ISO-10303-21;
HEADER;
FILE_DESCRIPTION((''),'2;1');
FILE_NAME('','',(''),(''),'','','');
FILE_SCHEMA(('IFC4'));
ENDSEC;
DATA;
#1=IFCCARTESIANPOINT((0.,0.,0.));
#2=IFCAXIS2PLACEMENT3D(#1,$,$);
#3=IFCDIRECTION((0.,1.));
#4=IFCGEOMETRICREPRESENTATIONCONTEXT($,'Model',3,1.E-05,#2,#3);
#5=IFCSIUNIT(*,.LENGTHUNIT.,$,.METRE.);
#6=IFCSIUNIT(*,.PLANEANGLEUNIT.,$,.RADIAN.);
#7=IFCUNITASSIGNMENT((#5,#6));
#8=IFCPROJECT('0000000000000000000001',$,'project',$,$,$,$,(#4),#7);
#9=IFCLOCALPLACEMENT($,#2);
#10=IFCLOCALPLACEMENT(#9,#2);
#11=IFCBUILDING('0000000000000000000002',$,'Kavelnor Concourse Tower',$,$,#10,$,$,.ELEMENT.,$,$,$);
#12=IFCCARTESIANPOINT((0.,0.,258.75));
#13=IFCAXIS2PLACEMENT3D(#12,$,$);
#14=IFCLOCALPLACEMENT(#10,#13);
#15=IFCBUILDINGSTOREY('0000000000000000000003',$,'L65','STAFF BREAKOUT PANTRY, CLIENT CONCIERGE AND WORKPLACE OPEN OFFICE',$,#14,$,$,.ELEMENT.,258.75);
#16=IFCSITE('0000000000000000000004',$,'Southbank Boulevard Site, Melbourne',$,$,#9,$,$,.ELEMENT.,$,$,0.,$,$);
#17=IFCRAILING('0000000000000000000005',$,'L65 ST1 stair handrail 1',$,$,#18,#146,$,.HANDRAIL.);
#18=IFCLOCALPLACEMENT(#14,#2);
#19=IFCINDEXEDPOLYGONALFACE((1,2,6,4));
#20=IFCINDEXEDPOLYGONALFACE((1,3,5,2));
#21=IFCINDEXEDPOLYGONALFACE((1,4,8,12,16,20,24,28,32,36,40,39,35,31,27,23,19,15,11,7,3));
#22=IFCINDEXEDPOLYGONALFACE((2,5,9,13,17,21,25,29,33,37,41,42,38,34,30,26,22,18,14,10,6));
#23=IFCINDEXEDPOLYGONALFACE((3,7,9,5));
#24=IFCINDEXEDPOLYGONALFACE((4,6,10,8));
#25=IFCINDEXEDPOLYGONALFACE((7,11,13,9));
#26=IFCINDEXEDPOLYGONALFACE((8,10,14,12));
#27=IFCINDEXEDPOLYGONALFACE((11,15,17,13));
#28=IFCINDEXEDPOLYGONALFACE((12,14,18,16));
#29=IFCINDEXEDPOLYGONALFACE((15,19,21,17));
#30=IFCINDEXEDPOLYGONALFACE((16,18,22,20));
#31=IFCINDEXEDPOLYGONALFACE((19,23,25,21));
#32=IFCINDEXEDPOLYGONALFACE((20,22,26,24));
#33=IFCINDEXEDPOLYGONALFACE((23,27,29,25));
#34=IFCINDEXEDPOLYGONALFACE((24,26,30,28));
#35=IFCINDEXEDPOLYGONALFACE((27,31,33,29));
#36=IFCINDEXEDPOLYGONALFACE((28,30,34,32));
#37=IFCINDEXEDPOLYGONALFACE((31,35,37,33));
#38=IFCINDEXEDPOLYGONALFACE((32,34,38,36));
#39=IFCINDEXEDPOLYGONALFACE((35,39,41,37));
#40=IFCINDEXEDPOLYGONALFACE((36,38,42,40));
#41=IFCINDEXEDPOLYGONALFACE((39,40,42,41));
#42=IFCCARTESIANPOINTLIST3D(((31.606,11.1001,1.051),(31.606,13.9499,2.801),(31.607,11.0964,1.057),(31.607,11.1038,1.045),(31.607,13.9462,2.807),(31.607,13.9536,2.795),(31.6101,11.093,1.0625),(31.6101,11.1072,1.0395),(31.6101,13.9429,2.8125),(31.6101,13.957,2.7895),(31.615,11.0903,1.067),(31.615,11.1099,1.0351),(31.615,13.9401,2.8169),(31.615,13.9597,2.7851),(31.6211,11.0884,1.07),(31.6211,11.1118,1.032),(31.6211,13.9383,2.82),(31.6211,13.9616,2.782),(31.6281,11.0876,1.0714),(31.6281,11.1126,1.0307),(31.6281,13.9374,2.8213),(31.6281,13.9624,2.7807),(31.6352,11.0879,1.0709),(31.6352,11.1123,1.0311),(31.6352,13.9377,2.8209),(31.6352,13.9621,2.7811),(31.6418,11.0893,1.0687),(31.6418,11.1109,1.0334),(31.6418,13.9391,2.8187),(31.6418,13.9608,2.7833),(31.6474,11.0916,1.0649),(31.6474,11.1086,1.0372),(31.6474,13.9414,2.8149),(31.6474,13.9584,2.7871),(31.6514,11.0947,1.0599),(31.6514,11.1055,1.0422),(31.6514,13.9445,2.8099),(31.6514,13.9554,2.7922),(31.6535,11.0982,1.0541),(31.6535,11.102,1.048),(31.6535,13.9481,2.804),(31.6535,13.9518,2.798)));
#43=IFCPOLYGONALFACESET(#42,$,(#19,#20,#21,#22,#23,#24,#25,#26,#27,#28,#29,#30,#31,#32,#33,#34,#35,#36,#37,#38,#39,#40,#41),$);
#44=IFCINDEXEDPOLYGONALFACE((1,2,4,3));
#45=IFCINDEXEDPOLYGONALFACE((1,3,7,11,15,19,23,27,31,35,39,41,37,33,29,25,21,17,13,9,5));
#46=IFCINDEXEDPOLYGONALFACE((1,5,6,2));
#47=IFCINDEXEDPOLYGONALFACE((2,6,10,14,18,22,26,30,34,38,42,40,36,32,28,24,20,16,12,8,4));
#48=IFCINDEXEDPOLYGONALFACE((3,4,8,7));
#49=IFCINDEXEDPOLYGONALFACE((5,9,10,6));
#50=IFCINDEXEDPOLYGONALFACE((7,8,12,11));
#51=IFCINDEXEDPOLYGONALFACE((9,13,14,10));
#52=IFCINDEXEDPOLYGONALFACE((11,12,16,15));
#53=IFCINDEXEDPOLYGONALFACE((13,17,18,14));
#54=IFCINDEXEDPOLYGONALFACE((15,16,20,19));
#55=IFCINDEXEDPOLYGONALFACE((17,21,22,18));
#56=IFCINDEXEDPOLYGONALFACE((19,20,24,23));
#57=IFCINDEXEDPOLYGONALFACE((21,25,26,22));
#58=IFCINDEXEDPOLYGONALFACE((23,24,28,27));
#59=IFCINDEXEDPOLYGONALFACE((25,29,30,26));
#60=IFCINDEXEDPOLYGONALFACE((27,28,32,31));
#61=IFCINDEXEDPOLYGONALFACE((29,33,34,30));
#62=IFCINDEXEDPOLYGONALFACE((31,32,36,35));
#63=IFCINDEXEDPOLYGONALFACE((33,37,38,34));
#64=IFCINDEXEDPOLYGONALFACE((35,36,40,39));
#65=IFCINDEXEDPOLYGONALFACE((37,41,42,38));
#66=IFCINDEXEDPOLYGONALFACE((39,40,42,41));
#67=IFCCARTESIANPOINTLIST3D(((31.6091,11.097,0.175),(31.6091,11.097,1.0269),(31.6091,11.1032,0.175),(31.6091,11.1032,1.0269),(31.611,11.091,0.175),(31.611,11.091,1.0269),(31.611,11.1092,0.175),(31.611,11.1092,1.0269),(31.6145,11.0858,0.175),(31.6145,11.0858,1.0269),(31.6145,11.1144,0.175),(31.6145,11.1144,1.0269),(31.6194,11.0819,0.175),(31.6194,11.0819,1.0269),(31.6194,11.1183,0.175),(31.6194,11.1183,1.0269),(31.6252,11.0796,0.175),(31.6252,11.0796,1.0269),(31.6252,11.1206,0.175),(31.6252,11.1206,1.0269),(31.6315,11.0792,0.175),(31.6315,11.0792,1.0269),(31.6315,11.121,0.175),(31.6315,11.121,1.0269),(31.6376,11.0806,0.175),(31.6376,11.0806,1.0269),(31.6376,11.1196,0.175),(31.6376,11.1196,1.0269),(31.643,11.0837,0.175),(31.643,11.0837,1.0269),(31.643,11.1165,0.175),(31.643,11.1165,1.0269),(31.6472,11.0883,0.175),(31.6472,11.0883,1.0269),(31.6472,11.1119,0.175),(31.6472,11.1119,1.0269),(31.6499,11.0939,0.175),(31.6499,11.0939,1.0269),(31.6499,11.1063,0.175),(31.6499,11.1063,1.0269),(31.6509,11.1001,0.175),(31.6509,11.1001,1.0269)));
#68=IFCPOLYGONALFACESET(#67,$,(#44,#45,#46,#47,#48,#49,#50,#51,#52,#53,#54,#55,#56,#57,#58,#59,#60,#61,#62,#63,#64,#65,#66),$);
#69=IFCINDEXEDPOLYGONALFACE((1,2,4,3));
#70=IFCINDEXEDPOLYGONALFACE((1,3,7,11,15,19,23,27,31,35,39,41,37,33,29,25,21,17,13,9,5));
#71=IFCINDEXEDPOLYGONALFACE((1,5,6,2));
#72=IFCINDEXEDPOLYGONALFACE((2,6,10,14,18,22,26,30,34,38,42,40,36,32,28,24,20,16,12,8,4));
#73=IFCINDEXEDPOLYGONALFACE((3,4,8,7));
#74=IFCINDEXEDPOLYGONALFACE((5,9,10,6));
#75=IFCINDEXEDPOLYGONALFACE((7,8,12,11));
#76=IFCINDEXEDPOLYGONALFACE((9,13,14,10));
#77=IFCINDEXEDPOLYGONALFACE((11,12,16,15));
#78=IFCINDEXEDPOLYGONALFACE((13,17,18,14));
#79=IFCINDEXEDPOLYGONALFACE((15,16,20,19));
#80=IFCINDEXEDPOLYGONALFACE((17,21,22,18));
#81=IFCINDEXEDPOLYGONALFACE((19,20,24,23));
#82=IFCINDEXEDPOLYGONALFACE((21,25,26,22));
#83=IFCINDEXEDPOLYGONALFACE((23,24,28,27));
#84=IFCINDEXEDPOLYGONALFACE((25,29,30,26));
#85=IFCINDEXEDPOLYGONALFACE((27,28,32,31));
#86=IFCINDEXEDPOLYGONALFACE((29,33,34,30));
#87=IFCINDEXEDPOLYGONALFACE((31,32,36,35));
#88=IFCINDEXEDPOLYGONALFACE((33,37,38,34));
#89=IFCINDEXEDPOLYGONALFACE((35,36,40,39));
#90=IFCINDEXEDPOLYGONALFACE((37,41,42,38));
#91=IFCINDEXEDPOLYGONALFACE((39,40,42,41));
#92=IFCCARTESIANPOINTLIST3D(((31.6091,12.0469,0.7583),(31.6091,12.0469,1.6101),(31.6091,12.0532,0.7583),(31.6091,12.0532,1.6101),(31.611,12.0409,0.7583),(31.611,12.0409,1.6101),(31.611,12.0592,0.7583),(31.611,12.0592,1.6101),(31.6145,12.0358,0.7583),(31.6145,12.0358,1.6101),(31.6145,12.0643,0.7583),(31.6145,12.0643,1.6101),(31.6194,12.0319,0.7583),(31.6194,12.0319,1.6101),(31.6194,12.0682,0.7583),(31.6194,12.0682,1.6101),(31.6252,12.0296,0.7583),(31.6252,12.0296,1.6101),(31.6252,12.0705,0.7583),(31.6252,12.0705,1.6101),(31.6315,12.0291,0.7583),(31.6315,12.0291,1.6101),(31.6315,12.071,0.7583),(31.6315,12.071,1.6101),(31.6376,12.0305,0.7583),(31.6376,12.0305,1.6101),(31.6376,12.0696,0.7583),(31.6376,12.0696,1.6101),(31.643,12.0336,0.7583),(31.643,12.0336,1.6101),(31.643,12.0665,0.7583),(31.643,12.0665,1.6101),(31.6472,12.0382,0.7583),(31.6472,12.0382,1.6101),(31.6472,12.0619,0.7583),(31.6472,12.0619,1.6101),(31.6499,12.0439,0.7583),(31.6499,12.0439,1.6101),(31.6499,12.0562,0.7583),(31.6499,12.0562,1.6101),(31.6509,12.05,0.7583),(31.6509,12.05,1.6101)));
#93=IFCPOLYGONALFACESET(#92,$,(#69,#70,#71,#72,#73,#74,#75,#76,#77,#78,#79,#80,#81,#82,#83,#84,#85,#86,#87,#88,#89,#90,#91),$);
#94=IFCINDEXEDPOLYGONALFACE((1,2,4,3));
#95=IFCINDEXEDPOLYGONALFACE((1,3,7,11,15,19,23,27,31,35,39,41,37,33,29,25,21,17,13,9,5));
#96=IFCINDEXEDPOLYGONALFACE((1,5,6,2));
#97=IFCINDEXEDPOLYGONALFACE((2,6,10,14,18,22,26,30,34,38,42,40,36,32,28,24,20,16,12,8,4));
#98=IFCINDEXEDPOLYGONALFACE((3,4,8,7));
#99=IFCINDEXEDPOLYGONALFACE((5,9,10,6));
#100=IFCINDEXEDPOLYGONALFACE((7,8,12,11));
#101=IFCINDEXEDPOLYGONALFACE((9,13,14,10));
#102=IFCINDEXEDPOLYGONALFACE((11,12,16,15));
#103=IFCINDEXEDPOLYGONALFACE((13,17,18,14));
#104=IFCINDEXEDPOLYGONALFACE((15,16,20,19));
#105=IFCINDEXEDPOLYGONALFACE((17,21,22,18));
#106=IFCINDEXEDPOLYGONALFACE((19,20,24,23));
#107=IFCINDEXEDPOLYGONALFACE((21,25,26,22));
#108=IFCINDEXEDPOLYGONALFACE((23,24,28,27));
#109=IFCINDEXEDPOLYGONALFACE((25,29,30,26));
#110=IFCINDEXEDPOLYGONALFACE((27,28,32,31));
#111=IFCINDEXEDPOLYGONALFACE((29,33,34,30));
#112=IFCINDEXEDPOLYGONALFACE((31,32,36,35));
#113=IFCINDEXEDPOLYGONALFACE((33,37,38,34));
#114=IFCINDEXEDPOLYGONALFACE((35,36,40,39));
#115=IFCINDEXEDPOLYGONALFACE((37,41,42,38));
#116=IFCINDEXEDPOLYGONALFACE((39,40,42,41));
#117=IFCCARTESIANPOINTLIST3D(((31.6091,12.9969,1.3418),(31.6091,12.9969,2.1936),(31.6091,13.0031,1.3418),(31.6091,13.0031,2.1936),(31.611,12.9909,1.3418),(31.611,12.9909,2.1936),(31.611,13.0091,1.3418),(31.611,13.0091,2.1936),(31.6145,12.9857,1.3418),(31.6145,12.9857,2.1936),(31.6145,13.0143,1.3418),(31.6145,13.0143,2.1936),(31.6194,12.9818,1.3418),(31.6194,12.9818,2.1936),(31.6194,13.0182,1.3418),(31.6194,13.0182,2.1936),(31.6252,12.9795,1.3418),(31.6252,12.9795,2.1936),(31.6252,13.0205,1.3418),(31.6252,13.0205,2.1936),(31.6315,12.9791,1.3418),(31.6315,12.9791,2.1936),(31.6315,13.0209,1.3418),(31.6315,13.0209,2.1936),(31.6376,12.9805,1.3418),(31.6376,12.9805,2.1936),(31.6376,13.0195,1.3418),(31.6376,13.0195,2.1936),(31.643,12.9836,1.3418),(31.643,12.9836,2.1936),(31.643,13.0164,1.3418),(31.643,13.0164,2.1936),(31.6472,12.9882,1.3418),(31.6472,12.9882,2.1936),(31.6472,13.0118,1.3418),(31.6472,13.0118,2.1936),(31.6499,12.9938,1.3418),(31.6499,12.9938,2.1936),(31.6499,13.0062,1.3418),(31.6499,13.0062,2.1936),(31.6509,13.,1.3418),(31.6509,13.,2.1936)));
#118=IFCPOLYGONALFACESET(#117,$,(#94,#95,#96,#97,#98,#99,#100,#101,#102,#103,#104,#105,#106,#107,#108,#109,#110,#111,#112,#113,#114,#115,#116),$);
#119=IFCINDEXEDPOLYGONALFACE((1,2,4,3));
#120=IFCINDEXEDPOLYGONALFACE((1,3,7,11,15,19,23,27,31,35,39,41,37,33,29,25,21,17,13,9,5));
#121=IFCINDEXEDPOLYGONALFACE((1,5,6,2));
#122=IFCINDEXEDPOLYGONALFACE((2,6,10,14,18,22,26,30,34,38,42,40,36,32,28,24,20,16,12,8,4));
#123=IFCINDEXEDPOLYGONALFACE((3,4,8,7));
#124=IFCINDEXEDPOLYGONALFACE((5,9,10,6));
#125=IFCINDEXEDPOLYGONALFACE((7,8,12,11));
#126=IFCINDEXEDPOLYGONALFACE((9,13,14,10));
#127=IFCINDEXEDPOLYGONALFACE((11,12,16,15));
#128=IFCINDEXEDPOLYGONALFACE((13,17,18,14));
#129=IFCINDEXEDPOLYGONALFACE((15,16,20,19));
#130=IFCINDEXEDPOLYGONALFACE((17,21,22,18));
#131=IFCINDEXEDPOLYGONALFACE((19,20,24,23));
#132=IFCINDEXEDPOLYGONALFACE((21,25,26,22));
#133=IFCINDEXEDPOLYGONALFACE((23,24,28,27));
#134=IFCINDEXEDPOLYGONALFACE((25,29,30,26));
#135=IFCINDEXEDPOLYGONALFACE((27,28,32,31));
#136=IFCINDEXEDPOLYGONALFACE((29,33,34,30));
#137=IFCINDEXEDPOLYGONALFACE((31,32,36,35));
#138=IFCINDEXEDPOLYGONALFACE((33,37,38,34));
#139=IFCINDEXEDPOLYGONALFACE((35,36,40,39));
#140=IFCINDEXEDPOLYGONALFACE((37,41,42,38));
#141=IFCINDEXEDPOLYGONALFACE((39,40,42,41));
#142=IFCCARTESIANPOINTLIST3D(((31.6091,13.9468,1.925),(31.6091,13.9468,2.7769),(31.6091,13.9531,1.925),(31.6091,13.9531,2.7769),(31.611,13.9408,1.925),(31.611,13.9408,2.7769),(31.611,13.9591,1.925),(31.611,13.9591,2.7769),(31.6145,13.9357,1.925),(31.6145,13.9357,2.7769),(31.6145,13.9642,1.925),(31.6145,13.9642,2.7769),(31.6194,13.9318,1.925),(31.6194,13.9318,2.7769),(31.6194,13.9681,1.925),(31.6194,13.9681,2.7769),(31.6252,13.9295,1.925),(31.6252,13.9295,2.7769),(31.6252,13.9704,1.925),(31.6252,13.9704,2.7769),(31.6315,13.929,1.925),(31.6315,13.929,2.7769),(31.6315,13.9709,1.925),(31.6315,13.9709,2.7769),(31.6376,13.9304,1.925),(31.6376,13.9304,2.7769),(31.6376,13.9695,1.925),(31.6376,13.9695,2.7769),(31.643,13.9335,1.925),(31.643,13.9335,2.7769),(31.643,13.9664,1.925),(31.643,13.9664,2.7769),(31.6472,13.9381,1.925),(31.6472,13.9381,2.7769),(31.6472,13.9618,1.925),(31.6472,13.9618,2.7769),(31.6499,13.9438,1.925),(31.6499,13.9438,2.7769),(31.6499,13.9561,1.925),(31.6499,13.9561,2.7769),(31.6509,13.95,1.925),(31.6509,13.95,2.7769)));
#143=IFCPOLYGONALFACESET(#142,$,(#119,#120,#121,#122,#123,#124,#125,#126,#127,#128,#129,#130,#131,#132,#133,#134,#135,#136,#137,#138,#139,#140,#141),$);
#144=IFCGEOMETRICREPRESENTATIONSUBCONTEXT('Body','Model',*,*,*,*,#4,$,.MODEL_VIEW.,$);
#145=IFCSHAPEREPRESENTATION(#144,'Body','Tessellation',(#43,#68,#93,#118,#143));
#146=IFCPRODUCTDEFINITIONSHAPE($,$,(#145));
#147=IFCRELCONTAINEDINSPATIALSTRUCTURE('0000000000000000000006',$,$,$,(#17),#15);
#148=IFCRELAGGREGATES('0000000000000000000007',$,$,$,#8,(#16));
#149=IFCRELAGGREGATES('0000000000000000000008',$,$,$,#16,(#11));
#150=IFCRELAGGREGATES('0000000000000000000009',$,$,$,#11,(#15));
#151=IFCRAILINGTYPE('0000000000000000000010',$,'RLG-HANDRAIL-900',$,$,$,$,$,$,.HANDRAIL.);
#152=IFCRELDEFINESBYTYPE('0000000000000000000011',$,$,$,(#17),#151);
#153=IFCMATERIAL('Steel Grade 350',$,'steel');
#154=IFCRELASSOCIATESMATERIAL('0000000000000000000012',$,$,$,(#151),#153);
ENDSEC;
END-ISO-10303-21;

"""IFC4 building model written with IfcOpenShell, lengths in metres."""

from ifc_helpers import new_model, si_unit, direction, frame, origin, origin_2d, place, context, subcontext, project, spatial, circle, extrude, material, type_object, element, save


model = new_model("IFC4")

# Units and contexts
model_context = context("Model", 3, precision=1e-05, world=origin(), true_north=direction((0.0, 1.0)))
body_context = subcontext(model_context, "Body", "Model", "MODEL_VIEW")
ifc_project = project(units=[si_unit("LENGTHUNIT", "METRE"), si_unit("PLANEANGLEUNIT", "RADIAN")], contexts=[model_context])

# Site, building, storey
site_placement = place(None, origin())
site = spatial("IfcSite", under=ifc_project, at=site_placement, Name="Southbank Boulevard Site, Melbourne", CompositionType="ELEMENT", RefElevation=0.0)
building_placement = place(site_placement, origin())
building = spatial("IfcBuilding", under=site, at=building_placement, Name="Kavelnor Concourse Tower", CompositionType="ELEMENT")
storey_placement = place(building_placement, frame((0.0, 0.0, 258.75)))
storey = spatial("IfcBuildingStorey", under=building, at=storey_placement, Name="L65", Description="STAFF BREAKOUT PANTRY, CLIENT CONCIERGE AND WORKPLACE OPEN OFFICE", CompositionType="ELEMENT", Elevation=258.75)

# Shared definitions
ifc_material_1 = material(Name="Steel Grade 350", Category="steel")

# Railing
railing_type_1 = type_object("IfcRailingType", Name="RLG-HANDRAIL-900", PredefinedType="HANDRAIL", material=ifc_material_1)
railing_1_placement = place(storey_placement, frame((31.6299, 11.1001, 0.175)))
element("IfcRailing", 1, at=railing_1_placement, inside=storey, type_object=railing_type_1, Name="L65 ST1 stair handrail 1", PredefinedType="HANDRAIL", context=body_context, shape_type="SweptSolid", body=[
    extrude(circle(Radius=0.0239, at=origin_2d()), frame((0.0, 0.0, 0.876), z_axis=(0.0, 0.852159, 0.523283), x_axis=(-1.0, 0.0, 0.0)), (0.0, 0.0, 1.0), 3.3442),
    extrude(circle(Radius=0.021, at=origin_2d()), origin(), (0.0, 0.0, 1.0), 0.8518),
    extrude(circle(Radius=0.021, at=origin_2d()), frame((0.0, 0.95, 0.5833)), (0.0, 0.0, 1.0), 0.8518),
    extrude(circle(Radius=0.021, at=origin_2d()), frame((0.0, 1.8999, 1.1667)), (0.0, 0.0, 1.0), 0.8518),
    extrude(circle(Radius=0.021, at=origin_2d()), frame((0.0, 2.8499, 1.75)), (0.0, 0.0, 1.0), 0.8518),
])

save(model, "model.ifc")
